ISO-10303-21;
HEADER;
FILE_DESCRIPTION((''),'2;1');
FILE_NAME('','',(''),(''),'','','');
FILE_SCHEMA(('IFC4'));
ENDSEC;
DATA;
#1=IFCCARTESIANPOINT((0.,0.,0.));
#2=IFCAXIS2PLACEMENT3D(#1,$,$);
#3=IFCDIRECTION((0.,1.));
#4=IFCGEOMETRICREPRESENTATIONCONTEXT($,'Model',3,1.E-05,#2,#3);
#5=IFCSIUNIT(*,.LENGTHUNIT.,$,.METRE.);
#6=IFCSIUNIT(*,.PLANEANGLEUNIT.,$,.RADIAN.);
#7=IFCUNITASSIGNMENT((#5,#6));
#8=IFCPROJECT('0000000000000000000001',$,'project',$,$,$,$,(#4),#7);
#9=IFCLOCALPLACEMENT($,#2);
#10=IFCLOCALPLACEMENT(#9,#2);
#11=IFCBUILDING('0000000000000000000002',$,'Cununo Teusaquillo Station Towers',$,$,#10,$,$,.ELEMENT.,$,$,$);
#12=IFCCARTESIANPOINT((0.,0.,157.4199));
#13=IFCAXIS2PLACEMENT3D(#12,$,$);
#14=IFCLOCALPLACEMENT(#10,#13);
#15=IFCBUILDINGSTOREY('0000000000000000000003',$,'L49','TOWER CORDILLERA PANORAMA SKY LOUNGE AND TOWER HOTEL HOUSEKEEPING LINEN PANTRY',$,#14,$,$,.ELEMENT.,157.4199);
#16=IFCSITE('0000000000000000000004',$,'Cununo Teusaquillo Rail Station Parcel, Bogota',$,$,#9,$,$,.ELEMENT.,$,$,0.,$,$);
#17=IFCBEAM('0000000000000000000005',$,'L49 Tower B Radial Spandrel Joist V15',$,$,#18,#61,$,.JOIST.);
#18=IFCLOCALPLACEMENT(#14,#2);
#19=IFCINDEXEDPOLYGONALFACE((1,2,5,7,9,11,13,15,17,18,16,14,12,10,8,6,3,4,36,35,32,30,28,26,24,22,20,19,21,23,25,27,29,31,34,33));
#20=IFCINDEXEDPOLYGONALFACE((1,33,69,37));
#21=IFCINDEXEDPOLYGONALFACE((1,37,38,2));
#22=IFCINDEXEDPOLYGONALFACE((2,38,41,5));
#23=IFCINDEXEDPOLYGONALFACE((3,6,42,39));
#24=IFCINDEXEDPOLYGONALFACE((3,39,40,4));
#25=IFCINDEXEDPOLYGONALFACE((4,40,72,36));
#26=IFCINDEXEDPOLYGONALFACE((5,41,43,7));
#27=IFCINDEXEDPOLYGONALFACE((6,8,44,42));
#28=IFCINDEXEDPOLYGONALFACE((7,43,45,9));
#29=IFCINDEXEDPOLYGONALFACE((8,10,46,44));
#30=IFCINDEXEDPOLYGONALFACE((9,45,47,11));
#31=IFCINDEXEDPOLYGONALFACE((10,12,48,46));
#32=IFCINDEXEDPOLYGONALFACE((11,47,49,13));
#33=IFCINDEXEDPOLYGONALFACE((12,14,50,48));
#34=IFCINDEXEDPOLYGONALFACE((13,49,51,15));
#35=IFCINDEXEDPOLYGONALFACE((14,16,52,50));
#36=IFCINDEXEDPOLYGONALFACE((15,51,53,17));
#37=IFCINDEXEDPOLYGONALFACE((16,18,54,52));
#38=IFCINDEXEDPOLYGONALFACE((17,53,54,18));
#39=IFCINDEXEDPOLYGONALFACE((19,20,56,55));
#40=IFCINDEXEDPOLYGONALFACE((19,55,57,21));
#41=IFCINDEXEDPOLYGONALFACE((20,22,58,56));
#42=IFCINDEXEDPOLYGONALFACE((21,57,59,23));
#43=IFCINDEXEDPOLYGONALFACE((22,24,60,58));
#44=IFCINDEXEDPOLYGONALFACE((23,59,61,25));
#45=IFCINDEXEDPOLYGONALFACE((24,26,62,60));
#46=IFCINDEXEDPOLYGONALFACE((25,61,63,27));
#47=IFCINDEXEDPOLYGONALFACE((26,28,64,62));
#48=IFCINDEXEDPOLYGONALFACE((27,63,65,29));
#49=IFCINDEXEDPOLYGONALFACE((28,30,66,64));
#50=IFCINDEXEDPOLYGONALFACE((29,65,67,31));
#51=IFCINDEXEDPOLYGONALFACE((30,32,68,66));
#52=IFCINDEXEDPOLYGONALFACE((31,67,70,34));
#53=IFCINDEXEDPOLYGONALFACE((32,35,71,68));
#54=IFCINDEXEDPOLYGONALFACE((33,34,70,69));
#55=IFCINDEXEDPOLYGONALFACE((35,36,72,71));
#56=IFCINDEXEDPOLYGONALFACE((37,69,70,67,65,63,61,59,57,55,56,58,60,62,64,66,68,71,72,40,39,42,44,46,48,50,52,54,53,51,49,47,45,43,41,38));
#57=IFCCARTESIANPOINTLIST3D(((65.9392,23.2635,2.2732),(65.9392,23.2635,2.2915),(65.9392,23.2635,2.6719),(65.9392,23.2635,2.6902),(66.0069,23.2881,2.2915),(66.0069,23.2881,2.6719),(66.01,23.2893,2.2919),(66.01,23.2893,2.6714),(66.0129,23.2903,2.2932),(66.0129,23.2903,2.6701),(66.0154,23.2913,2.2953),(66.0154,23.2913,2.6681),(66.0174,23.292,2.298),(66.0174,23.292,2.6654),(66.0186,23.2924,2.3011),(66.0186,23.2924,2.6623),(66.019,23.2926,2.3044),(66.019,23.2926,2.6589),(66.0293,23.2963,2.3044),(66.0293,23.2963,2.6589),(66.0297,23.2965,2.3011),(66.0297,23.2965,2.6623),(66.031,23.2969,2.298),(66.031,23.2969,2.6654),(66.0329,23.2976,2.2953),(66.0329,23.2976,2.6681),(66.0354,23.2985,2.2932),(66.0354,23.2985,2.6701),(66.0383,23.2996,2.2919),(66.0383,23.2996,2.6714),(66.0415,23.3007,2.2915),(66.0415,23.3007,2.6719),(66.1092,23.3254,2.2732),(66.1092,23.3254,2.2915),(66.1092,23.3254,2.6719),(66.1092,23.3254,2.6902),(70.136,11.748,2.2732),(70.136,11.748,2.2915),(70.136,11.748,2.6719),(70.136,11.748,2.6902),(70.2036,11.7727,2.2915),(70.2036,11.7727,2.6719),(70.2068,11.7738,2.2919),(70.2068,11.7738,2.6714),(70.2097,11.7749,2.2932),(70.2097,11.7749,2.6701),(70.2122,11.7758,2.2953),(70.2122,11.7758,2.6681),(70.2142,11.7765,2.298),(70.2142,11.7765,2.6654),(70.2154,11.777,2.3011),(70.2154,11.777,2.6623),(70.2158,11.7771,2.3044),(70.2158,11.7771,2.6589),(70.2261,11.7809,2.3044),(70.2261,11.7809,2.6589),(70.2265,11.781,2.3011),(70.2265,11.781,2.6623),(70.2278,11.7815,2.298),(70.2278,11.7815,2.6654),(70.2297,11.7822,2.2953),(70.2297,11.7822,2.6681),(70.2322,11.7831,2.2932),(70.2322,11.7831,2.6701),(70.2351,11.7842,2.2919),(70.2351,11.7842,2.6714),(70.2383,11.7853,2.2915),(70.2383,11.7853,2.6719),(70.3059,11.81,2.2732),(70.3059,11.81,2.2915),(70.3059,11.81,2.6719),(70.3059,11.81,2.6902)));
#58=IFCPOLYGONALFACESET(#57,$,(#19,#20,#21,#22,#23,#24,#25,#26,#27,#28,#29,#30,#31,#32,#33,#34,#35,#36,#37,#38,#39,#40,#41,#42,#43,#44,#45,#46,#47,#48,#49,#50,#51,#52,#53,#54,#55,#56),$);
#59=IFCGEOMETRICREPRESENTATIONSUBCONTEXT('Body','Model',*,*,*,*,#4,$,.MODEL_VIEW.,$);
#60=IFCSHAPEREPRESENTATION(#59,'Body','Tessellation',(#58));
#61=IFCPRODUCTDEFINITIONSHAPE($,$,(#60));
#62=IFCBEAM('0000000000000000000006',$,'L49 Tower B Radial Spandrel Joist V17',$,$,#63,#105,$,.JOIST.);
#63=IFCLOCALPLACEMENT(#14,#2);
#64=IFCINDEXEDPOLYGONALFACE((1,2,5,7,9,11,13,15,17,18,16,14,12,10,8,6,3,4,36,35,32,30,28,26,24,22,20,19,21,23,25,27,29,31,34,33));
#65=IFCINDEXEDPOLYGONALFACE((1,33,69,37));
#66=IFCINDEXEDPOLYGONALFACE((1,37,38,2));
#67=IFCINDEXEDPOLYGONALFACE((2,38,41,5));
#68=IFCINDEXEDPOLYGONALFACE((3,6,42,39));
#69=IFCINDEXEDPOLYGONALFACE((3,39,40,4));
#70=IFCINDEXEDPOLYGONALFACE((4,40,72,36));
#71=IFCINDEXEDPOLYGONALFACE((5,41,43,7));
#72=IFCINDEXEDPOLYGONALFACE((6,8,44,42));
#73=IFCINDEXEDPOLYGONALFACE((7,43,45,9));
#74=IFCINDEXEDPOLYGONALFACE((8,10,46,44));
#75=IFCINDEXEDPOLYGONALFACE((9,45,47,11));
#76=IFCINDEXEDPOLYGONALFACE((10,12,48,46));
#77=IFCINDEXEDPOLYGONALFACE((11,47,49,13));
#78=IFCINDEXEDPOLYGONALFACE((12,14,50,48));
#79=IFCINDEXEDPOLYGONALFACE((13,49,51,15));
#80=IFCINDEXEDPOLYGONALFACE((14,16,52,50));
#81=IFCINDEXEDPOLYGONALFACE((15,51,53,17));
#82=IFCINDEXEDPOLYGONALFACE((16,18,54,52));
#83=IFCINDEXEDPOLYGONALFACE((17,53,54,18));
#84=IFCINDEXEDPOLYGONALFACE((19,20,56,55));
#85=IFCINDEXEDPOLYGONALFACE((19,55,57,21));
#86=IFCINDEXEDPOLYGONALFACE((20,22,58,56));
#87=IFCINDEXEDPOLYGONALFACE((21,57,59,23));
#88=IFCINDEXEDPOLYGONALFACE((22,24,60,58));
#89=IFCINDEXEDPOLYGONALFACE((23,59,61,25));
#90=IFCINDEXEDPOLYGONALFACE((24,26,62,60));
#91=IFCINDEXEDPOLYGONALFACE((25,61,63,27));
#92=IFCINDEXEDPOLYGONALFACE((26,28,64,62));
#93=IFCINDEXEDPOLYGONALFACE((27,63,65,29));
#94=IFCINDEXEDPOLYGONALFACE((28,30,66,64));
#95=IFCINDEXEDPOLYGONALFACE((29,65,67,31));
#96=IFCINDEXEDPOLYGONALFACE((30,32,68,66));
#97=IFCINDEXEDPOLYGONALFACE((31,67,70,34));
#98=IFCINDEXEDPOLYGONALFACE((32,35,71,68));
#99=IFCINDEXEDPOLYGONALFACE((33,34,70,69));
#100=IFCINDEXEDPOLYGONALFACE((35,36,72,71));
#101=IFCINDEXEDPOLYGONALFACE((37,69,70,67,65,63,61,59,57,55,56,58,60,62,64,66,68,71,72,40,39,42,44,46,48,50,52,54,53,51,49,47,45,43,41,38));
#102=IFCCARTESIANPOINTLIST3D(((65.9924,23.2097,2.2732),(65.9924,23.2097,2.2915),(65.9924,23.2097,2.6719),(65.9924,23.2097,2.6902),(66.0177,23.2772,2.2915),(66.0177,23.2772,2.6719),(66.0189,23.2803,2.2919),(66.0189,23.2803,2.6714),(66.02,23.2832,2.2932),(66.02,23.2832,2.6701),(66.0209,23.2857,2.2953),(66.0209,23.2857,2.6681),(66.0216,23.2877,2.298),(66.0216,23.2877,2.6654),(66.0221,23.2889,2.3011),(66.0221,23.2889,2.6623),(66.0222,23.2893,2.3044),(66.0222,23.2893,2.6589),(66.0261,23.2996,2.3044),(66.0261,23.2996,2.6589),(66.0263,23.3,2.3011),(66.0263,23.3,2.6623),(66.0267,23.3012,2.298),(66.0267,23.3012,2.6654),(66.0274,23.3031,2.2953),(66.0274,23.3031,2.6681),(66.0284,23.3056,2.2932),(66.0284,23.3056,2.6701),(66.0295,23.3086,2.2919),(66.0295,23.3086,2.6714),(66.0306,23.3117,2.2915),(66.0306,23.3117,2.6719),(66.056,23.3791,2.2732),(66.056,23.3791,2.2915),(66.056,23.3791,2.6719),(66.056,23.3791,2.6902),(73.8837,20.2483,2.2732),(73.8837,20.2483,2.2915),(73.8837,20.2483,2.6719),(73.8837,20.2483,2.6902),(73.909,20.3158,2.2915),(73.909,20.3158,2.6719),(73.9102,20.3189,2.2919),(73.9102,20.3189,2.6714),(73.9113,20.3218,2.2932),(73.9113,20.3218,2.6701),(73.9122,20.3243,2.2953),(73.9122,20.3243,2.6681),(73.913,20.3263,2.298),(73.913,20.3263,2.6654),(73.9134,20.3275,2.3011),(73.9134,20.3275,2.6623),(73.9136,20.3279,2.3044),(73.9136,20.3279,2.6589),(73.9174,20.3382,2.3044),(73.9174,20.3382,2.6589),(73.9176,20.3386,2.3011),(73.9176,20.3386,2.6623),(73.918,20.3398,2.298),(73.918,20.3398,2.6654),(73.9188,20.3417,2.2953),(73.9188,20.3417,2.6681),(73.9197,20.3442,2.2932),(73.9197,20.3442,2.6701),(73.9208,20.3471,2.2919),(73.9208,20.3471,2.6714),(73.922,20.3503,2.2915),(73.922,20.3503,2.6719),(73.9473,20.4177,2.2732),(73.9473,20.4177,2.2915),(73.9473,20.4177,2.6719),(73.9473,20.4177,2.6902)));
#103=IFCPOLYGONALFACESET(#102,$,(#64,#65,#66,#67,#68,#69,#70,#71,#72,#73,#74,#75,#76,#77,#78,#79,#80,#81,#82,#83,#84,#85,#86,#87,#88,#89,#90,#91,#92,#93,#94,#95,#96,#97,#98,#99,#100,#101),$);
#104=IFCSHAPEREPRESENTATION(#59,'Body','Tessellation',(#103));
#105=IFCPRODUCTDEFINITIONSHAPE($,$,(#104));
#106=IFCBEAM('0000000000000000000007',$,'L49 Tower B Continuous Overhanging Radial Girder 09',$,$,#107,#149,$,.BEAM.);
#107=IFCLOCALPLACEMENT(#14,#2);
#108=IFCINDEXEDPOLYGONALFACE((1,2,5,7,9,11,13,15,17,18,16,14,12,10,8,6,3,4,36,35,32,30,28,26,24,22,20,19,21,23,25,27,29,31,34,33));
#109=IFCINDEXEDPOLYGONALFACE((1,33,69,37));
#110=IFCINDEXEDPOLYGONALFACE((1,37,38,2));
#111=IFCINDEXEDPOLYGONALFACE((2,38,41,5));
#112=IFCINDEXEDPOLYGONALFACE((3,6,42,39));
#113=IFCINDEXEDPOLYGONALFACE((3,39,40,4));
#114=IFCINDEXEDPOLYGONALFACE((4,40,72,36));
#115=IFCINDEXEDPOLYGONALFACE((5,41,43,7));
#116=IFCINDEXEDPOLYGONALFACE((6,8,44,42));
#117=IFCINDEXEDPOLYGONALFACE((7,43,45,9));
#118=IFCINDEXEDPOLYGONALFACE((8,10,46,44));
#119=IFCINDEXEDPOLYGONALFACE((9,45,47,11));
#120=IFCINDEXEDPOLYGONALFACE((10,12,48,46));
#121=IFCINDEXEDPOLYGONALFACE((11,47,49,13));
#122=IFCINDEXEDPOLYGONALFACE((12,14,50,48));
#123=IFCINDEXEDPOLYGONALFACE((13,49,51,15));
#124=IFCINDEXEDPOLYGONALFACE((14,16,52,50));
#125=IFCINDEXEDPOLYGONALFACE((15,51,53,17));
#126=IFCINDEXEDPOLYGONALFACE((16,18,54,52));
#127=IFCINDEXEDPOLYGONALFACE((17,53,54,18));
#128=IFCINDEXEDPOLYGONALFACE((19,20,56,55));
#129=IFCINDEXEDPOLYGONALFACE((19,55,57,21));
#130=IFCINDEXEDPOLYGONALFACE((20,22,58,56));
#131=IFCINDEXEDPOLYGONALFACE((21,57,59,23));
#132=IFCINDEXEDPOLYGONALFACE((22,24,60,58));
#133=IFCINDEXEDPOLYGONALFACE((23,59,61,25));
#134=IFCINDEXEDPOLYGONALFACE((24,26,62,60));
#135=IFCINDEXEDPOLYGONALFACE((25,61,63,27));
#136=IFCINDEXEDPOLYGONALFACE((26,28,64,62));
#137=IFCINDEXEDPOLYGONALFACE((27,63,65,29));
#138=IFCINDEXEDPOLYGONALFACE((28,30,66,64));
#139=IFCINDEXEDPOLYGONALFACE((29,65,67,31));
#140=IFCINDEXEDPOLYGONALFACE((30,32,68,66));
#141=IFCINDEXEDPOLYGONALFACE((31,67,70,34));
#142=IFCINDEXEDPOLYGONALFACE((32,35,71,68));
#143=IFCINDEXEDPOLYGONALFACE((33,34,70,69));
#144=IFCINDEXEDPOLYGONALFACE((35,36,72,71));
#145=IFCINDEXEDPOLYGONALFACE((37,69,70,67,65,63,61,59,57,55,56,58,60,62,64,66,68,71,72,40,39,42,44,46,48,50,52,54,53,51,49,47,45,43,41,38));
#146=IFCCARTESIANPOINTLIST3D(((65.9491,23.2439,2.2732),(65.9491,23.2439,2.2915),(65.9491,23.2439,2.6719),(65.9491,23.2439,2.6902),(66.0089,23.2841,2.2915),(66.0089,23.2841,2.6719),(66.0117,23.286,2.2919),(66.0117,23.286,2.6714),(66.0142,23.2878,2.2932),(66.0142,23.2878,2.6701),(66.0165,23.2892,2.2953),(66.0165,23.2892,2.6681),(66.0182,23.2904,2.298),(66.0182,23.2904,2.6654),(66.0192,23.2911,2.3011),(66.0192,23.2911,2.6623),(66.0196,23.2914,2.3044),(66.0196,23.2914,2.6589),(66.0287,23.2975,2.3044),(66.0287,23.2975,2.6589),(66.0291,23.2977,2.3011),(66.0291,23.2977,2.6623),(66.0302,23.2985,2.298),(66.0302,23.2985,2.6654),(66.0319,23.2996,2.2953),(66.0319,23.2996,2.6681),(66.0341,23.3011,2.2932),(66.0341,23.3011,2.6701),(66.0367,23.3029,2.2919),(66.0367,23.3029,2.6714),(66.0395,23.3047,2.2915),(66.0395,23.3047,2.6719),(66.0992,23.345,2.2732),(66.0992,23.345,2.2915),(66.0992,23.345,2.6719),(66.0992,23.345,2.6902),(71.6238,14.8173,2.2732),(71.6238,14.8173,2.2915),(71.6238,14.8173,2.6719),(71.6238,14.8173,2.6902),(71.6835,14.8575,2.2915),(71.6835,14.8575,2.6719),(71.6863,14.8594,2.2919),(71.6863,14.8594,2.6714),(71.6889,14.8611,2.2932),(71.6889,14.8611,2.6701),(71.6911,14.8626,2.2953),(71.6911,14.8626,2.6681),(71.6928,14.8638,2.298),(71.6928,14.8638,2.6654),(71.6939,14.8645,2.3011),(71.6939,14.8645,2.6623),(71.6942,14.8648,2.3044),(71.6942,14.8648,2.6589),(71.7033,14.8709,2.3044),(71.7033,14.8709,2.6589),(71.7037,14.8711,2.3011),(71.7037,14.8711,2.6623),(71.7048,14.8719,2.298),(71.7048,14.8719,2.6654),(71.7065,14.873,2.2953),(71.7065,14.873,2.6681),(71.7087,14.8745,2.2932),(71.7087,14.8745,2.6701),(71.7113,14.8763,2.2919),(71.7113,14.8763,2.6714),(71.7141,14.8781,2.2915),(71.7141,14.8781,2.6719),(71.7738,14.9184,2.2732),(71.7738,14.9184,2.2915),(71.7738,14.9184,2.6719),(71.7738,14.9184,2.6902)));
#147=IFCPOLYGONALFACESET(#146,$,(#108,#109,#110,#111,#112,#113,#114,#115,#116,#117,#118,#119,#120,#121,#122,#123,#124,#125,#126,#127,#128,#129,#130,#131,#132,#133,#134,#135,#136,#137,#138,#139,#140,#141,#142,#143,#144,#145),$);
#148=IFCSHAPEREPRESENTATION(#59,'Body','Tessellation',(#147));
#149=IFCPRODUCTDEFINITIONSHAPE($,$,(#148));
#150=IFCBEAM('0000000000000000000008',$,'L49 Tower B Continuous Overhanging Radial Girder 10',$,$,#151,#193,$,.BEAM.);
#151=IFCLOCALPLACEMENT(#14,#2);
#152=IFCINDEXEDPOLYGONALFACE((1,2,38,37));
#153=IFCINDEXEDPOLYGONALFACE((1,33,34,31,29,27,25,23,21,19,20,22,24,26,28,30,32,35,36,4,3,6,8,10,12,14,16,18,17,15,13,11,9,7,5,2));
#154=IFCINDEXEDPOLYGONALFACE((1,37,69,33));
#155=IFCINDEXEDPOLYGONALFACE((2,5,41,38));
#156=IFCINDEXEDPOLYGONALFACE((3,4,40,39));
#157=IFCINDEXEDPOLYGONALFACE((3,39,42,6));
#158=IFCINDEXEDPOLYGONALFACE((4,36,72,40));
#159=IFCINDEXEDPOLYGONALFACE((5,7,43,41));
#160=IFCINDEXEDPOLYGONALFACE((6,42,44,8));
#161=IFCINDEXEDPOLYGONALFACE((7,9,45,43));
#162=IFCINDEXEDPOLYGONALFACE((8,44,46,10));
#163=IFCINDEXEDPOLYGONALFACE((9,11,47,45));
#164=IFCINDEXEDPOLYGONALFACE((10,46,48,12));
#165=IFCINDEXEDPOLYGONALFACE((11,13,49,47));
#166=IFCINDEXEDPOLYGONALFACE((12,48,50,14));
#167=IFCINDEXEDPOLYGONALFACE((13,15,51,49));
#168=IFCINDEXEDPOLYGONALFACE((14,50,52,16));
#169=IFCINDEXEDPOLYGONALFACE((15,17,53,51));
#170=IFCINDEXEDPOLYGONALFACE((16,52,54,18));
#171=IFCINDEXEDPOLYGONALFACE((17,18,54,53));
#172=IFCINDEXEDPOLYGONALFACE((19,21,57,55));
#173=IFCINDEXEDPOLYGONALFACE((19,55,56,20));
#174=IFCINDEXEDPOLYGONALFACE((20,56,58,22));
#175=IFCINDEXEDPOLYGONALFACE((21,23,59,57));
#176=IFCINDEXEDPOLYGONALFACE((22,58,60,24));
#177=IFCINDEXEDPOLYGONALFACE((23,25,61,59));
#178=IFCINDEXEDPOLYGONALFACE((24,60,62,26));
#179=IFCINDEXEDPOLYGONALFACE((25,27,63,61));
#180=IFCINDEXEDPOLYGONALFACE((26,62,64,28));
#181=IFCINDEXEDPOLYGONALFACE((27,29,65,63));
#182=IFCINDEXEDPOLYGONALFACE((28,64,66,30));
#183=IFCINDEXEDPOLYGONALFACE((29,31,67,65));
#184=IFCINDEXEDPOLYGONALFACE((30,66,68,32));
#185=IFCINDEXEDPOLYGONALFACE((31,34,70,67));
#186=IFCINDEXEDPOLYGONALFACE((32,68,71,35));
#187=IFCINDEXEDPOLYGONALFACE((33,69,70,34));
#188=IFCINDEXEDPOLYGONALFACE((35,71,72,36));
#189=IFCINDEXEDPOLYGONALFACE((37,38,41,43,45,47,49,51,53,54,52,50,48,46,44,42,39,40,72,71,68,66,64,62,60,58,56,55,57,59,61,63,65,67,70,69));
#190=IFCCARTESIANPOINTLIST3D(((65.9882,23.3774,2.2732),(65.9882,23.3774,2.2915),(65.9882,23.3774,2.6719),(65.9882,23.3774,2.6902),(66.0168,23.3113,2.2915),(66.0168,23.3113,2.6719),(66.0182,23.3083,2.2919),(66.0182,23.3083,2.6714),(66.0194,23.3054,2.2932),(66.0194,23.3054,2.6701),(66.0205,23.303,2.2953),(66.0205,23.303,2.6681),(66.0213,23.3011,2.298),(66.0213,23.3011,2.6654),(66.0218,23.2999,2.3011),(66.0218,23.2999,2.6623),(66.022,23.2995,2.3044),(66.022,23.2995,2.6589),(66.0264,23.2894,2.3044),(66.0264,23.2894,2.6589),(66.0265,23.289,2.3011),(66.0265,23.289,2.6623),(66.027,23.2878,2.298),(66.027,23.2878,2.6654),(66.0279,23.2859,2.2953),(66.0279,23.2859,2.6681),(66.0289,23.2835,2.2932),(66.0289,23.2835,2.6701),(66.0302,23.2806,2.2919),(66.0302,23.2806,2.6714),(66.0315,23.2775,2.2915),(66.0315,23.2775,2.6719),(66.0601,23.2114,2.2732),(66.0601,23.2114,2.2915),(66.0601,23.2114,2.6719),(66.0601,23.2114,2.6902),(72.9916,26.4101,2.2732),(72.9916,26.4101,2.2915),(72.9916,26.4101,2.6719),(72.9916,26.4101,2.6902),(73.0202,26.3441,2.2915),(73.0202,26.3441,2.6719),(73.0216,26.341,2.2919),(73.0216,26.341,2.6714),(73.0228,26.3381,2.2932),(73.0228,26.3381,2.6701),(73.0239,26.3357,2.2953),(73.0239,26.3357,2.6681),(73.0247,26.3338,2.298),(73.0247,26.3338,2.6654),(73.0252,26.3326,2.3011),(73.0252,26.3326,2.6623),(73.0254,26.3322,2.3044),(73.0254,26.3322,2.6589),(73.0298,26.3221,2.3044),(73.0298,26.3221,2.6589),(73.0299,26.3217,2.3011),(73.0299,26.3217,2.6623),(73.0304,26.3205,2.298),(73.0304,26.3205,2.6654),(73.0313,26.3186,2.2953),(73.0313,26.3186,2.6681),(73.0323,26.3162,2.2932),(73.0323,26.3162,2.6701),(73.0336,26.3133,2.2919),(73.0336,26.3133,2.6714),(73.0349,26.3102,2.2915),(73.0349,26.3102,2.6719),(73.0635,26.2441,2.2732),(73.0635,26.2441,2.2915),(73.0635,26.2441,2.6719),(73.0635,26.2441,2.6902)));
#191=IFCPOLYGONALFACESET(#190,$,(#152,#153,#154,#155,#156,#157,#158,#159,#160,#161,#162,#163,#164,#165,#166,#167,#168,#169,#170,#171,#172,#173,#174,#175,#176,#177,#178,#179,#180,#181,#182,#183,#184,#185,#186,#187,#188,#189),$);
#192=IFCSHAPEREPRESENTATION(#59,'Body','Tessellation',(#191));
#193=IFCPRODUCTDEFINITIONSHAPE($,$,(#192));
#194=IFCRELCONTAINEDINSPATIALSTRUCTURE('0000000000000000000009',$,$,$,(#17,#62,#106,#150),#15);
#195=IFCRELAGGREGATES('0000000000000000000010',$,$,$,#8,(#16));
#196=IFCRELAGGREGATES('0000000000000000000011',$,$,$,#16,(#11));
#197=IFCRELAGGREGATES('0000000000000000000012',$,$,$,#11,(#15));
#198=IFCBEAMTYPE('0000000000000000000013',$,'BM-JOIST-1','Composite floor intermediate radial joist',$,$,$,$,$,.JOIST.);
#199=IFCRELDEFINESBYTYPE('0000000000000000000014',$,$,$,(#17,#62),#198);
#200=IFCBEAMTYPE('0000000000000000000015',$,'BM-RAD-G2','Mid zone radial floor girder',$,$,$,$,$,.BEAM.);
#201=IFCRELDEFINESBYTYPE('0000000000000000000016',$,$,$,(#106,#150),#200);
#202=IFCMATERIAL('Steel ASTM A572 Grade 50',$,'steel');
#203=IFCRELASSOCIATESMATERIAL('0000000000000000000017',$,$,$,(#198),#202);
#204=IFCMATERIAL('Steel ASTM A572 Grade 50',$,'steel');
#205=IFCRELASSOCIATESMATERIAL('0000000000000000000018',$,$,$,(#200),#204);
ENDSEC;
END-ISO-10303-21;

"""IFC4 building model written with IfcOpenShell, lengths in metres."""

from ifc_helpers import new_model, si_unit, direction, frame, origin, origin_2d, place, context, subcontext, project, spatial, i_section, extrude, material, material_profile, profile_set, type_object, element, save


model = new_model("IFC4")

# Units and contexts
model_context = context("Model", 3, precision=1e-05, world=origin(), true_north=direction((0.0, 1.0)))
body_context = subcontext(model_context, "Body", "Model", "MODEL_VIEW")
ifc_project = project(units=[si_unit("LENGTHUNIT", "METRE"), si_unit("PLANEANGLEUNIT", "RADIAN")], contexts=[model_context])

# Site, building, storey
site_placement = place(None, origin())
site = spatial("IfcSite", under=ifc_project, at=site_placement, Name="Cununo Teusaquillo Rail Station Parcel, Bogota", CompositionType="ELEMENT", RefElevation=0.0)
building_placement = place(site_placement, origin())
building = spatial("IfcBuilding", under=site, at=building_placement, Name="Cununo Teusaquillo Station Towers", CompositionType="ELEMENT")
storey_placement = place(building_placement, frame((0.0, 0.0, 157.4199)))
storey = spatial("IfcBuildingStorey", under=building, at=storey_placement, Name="L49", Description="TOWER CORDILLERA PANORAMA SKY LOUNGE AND TOWER HOTEL HOUSEKEEPING LINEN PANTRY", CompositionType="ELEMENT", Elevation=157.4199)

# Beams
ifc_material_1 = material(Name="Steel ASTM A572 Grade 50", Category="steel")
ifc_material_profile_1 = material_profile(ifc_material_1, i_section(OverallWidth=0.1809, OverallDepth=0.417, WebThickness=0.011, FlangeThickness=0.0183, FilletRadius=0.0129, at=origin_2d()), Name="W16X57")
ifc_profile_set_1 = profile_set([ifc_material_profile_1], Name="Steel ASTM A572 Grade 50")
beam_type_1 = type_object("IfcBeamType", Name="BM-JOIST-1", Description="Composite floor intermediate radial joist", PredefinedType="JOIST", material=ifc_profile_set_1)
beam_1_placement = place(storey_placement, frame((66.0242, 23.2944, 2.4817), z_axis=(0.342418, -0.939548, 0.0), x_axis=(0.939548, 0.342418, 0.0)))
element("IfcBeam", 1, at=beam_1_placement, inside=storey, type_object=beam_type_1, Name="L49 Tower B Radial Spandrel Joist V15", PredefinedType="JOIST", context=body_context, shape_type="SweptSolid", body=[
    extrude(i_section(OverallWidth=0.1809, OverallDepth=0.417, WebThickness=0.011, FlangeThickness=0.0183, FilletRadius=0.0129, at=origin_2d()), origin(), (0.0, 0.0, 1.0), 12.2563),
])
beam_2_placement = place(storey_placement, frame((66.0242, 23.2944, 2.4817), z_axis=(0.936245, -0.351349, 0.0), x_axis=(0.351349, 0.936245, 0.0)))
element("IfcBeam", 2, at=beam_2_placement, inside=storey, type_object=beam_type_1, Name="L49 Tower B Radial Spandrel Joist V17", PredefinedType="JOIST", context=body_context, shape_type="SweptSolid", body=[
    extrude(i_section(OverallWidth=0.1809, OverallDepth=0.417, WebThickness=0.011, FlangeThickness=0.0183, FilletRadius=0.0129, at=origin_2d()), origin(), (0.0, 0.0, 1.0), 8.4287),
])
ifc_material_2 = material(Name="Steel ASTM A572 Grade 50", Category="steel")
ifc_material_profile_2 = material_profile(ifc_material_2, i_section(OverallWidth=0.1809, OverallDepth=0.417, WebThickness=0.011, FlangeThickness=0.0183, FilletRadius=0.0129, at=origin_2d()), Name="W16X57")
ifc_profile_set_2 = profile_set([ifc_material_profile_2], Name="Steel ASTM A572 Grade 50")
beam_type_2 = type_object("IfcBeamType", Name="BM-RAD-G2", Description="Mid zone radial floor girder", PredefinedType="BEAM", material=ifc_profile_set_2)
beam_3_placement = place(storey_placement, frame((66.0242, 23.2944, 2.4817), z_axis=(0.558571, -0.829457, 0.0), x_axis=(0.829457, 0.558571, 0.0)))
element("IfcBeam", 3, at=beam_3_placement, inside=storey, type_object=beam_type_2, Name="L49 Tower B Continuous Overhanging Radial Girder 09", PredefinedType="BEAM", context=body_context, shape_type="SweptSolid", body=[
    extrude(i_section(OverallWidth=0.1809, OverallDepth=0.417, WebThickness=0.011, FlangeThickness=0.0183, FilletRadius=0.0129, at=origin_2d()), origin(), (0.0, 0.0, 1.0), 10.1592),
])
beam_4_placement = place(storey_placement, frame((66.0242, 23.2944, 2.4817), z_axis=(0.917656, 0.397376, 0.0), x_axis=(-0.397376, 0.917656, 0.0)))
element("IfcBeam", 4, at=beam_4_placement, inside=storey, type_object=beam_type_2, Name="L49 Tower B Continuous Overhanging Radial Girder 10", PredefinedType="BEAM", context=body_context, shape_type="SweptSolid", body=[
    extrude(i_section(OverallWidth=0.1809, OverallDepth=0.417, WebThickness=0.011, FlangeThickness=0.0183, FilletRadius=0.0129, at=origin_2d()), origin(), (0.0, 0.0, 1.0), 7.6318),
])

save(model, "model.ifc")
